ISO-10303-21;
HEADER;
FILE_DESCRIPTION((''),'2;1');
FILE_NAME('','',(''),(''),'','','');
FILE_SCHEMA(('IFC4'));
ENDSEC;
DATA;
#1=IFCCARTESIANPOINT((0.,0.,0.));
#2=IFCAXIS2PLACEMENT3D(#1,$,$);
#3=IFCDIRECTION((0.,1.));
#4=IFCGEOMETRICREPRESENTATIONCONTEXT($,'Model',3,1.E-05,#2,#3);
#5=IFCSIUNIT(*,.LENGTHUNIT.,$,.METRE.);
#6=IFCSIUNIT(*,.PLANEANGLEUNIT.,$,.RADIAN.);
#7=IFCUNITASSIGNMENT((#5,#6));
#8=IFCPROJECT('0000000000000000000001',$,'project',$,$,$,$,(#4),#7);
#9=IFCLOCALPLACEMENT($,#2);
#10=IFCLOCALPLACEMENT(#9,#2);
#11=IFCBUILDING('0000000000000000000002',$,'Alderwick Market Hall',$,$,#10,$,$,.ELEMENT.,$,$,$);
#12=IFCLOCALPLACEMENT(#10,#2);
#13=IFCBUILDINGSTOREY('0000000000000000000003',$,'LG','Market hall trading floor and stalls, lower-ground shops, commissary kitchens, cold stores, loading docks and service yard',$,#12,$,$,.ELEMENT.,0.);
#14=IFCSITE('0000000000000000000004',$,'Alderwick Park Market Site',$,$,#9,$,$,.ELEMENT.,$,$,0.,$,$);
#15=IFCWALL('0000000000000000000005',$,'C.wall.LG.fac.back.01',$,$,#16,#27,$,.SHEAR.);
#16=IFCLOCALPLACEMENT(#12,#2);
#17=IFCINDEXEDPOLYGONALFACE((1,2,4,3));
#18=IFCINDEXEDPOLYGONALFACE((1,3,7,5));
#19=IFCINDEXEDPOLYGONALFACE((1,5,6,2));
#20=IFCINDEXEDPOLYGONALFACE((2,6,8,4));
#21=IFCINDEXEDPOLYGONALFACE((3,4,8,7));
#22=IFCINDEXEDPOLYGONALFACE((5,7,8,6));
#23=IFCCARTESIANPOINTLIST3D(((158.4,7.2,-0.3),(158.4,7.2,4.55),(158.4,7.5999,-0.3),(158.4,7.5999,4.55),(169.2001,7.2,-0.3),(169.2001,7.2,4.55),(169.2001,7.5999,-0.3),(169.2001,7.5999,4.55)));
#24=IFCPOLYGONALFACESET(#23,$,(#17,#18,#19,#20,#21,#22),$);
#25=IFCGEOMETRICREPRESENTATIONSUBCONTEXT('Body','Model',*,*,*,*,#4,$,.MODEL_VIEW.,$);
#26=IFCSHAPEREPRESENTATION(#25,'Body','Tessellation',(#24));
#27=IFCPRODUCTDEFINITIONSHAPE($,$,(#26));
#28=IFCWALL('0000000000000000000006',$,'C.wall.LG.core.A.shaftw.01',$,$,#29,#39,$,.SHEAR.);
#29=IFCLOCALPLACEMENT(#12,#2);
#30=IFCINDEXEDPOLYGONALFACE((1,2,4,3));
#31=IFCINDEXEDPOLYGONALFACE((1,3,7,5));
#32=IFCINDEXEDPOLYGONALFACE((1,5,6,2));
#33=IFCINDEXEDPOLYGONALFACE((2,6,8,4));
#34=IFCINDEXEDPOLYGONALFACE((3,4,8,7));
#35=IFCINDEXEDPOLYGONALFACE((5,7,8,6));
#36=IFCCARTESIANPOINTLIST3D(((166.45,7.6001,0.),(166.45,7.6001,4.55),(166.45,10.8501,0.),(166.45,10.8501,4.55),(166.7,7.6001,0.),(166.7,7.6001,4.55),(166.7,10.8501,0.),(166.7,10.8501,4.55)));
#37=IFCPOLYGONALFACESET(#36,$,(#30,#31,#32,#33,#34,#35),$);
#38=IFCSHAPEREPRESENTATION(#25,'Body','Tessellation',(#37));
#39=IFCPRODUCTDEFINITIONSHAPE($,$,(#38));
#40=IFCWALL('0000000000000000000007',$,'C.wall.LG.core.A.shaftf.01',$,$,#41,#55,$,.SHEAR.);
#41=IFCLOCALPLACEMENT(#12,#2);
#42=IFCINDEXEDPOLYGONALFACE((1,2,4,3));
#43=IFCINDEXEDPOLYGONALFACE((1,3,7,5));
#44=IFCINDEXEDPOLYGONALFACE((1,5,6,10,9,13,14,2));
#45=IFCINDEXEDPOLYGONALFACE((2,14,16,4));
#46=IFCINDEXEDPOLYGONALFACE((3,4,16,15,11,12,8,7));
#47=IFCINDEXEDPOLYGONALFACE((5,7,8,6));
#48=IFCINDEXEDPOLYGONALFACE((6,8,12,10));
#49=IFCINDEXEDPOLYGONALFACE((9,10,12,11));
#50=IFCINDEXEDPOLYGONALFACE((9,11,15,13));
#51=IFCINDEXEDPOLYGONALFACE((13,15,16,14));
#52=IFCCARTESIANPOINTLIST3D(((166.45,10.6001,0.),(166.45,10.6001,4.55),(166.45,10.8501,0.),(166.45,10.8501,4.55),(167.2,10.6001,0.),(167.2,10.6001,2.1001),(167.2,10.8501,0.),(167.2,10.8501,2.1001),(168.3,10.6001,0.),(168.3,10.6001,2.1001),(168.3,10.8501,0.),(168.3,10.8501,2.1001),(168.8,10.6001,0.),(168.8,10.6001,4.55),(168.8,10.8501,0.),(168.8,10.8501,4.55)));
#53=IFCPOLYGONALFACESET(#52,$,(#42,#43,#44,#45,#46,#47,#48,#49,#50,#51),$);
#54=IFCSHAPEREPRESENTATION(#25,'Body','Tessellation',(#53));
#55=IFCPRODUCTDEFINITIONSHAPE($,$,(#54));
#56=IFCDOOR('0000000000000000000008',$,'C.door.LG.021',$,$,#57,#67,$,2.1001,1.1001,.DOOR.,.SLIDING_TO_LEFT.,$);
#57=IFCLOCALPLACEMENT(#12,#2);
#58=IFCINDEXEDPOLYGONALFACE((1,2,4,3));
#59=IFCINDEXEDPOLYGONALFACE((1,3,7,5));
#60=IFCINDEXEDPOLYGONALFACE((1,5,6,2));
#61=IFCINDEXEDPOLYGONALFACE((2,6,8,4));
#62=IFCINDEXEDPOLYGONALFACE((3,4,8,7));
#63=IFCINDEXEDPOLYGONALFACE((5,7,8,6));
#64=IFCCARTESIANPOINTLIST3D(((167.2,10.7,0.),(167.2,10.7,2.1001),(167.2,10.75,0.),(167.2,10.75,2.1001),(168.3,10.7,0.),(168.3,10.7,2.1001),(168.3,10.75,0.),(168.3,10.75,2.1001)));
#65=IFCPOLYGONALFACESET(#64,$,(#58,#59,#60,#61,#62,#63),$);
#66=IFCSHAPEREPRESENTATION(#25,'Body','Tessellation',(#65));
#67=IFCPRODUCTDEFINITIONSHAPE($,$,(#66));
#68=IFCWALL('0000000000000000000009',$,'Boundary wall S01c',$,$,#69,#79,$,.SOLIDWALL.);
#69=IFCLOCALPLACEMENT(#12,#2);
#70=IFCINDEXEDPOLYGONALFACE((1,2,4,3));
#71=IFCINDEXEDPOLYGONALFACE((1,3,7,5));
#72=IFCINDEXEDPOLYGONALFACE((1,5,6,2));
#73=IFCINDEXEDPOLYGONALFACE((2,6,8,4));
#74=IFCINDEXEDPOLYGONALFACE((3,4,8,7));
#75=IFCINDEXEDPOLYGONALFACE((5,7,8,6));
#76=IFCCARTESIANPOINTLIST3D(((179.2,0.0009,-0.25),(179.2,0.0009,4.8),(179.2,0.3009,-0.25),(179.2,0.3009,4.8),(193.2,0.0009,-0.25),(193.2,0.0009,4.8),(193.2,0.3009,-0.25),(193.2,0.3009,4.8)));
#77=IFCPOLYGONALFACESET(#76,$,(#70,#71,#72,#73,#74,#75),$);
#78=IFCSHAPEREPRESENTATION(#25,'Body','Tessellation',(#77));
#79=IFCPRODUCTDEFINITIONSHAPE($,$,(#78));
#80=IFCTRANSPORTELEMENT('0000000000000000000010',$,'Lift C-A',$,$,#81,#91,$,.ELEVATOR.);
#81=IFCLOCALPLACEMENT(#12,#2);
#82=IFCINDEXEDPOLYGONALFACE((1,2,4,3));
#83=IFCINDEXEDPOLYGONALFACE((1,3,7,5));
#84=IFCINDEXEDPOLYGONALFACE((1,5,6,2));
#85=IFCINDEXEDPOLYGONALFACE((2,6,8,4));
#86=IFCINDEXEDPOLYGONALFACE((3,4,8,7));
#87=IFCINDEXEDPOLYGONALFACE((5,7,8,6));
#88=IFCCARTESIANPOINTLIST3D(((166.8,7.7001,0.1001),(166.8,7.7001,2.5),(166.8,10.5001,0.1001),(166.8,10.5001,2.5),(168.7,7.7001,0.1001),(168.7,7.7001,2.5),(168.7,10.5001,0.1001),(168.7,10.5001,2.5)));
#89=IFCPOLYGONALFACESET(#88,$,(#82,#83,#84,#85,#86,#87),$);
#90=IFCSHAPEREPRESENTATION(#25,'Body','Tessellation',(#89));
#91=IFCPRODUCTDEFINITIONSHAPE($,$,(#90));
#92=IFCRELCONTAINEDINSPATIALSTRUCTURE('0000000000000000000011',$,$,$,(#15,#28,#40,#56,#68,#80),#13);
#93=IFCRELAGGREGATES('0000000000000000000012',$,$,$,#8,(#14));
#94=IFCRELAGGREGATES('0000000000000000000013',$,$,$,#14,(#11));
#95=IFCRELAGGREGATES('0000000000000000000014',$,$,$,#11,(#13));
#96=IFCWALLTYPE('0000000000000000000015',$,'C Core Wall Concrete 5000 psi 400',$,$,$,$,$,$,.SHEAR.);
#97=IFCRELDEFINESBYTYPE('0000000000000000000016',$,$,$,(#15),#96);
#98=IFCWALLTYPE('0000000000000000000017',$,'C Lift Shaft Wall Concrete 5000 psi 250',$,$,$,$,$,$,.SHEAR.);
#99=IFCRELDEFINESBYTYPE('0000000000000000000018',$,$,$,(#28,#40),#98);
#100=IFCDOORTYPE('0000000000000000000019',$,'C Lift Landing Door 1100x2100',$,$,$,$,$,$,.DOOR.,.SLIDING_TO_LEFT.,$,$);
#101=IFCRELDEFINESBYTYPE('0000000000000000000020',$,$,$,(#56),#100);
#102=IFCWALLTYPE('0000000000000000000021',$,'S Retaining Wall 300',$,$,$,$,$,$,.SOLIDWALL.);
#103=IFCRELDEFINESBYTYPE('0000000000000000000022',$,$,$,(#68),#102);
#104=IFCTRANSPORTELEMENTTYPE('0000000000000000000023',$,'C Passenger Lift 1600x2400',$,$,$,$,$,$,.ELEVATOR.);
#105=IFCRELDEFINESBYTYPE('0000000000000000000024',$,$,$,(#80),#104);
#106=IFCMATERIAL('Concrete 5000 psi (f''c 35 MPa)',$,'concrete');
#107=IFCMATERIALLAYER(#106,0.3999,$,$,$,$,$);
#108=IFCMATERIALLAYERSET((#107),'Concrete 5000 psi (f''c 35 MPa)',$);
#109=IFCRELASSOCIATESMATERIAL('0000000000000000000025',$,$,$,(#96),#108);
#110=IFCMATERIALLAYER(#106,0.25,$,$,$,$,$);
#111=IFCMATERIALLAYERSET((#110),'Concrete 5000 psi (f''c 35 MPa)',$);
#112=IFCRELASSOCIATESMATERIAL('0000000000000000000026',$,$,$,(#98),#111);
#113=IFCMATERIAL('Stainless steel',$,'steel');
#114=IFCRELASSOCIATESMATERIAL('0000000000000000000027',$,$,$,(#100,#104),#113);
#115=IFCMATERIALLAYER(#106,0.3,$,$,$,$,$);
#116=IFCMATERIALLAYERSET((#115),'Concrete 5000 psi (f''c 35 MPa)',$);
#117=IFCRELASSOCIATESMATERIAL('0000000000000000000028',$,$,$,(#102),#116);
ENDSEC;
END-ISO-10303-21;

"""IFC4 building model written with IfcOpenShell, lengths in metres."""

from ifc_helpers import new_model, si_unit, direction, frame, frame_2d, origin, origin_2d, place, context, subcontext, project, spatial, rectangle, extrude, material, layer, layer_set, type_object, element, fill, save


model = new_model("IFC4")

# Units and contexts
model_context = context("Model", 3, precision=1e-05, world=origin(), true_north=direction((0.0, 1.0)))
body_context = subcontext(model_context, "Body", "Model", "MODEL_VIEW")
ifc_project = project(units=[si_unit("LENGTHUNIT", "METRE"), si_unit("PLANEANGLEUNIT", "RADIAN")], contexts=[model_context])

# Site, building, storey
site_placement = place(None, origin())
site = spatial("IfcSite", under=ifc_project, at=site_placement, Name="Alderwick Park Market Site", CompositionType="ELEMENT", RefElevation=0.0)
building_placement = place(site_placement, origin())
building = spatial("IfcBuilding", under=site, at=building_placement, Name="Alderwick Market Hall", CompositionType="ELEMENT")
storey_placement = place(building_placement, origin())
storey = spatial("IfcBuildingStorey", under=building, at=storey_placement, Name="LG", Description="Market hall trading floor and stalls, lower-ground shops, commissary kitchens, cold stores, loading docks and service yard", CompositionType="ELEMENT", Elevation=0.0)

# Shared definitions
ifc_material_1 = material(Name="Concrete 5000 psi (f'c 35 MPa)", Category="concrete")

# Walls
ifc_layer_1 = layer(ifc_material_1, 0.3999)
ifc_layer_set_1 = layer_set([ifc_layer_1], Name="Concrete 5000 psi (f'c 35 MPa)")
wall_type_1 = type_object("IfcWallType", Name="C Core Wall Concrete 5000 psi 400", PredefinedType="SHEAR", material=ifc_layer_set_1)
wall_1_placement = place(storey_placement, frame((169.2, 7.3999, -0.3), z_axis=(0.0, 0.0, 1.0), x_axis=(-1.0, 0.0, 0.0)))
element("IfcWall", 1, at=wall_1_placement, inside=storey, type_object=wall_type_1, Name="C.wall.LG.fac.back.01", PredefinedType="SHEAR", context=body_context, shape_type="SweptSolid", body=[
    extrude(rectangle(XDim=10.8, YDim=0.3999, at=frame_2d((5.3999, 0.0))), origin(), (0.0, 0.0, 1.0), 4.8501),
])
ifc_layer_2 = layer(ifc_material_1, 0.25)
ifc_layer_set_2 = layer_set([ifc_layer_2], Name="Concrete 5000 psi (f'c 35 MPa)")
wall_type_2 = type_object("IfcWallType", Name="C Lift Shaft Wall Concrete 5000 psi 250", PredefinedType="SHEAR", material=ifc_layer_set_2)
wall_2_placement = place(storey_placement, frame((166.575, 10.8501, 0.0), z_axis=(0.0, 0.0, 1.0), x_axis=(0.0, -1.0, 0.0)))
element("IfcWall", 2, at=wall_2_placement, inside=storey, type_object=wall_type_2, Name="C.wall.LG.core.A.shaftw.01", PredefinedType="SHEAR", context=body_context, shape_type="SweptSolid", body=[
    extrude(rectangle(XDim=3.25, YDim=0.25, at=frame_2d((1.625, 0.0))), origin(), (0.0, 0.0, 1.0), 4.55),
])

# Wall, opening, door
wall_3_placement = place(storey_placement, frame((166.45, 10.7251, 0.0), z_axis=(0.0, 0.0, 1.0), x_axis=(1.0, 0.0, 0.0)))
wall_3 = element("IfcWall", 3, at=wall_3_placement, inside=storey, type_object=wall_type_2, Name="C.wall.LG.core.A.shaftf.01", PredefinedType="SHEAR", context=body_context, shape_type="SweptSolid", body=[
    extrude(rectangle(XDim=2.3501, YDim=0.25, at=frame_2d((1.175, 0.0))), origin(), (0.0, 0.0, 1.0), 4.55),
])
opening_placement = place(wall_3_placement, frame((0.75, 0.0, 0.0)))
opening = element("IfcOpeningElement", 4, at=opening_placement, cuts=wall_3, PredefinedType="OPENING", context=body_context, shape_type="SweptSolid", body=[
    extrude(rectangle(XDim=1.1001, YDim=2.1001, at=frame_2d((0.55, 1.05))), frame((0.0, 0.135, 0.0), z_axis=(0.0, -1.0, 0.0), x_axis=(1.0, 0.0, 0.0)), (0.0, 0.0, 1.0), 0.27),
])
ifc_material_2 = material(Name="Stainless steel", Category="steel")
door_type = type_object("IfcDoorType", Name="C Lift Landing Door 1100x2100", OperationType="SLIDING_TO_LEFT", PredefinedType="DOOR", material=ifc_material_2)
door_placement = place(opening_placement, origin())
door = element("IfcDoor", 5, at=door_placement, inside=storey, type_object=door_type, Name="C.door.LG.021", OperationType="SLIDING_TO_LEFT", OverallHeight=2.1001, OverallWidth=1.1001, PredefinedType="DOOR", context=body_context, shape_type="SweptSolid", body=[
    extrude(rectangle(XDim=1.1001, YDim=2.1001, at=frame_2d((0.55, 1.05))), frame((0.0, 0.0249, 0.0), z_axis=(0.0, -1.0, 0.0), x_axis=(1.0, 0.0, 0.0)), (0.0, 0.0, 1.0), 0.05),
])
fill(opening, door)

# Wall
ifc_layer_3 = layer(ifc_material_1, 0.3)
ifc_layer_set_3 = layer_set([ifc_layer_3], Name="Concrete 5000 psi (f'c 35 MPa)")
wall_type_3 = type_object("IfcWallType", Name="S Retaining Wall 300", PredefinedType="SOLIDWALL", material=ifc_layer_set_3)
wall_4_placement = place(storey_placement, frame((179.2, 0.1509, -0.25), z_axis=(0.0, 0.0, 1.0), x_axis=(1.0, 0.0, 0.0)))
element("IfcWall", 6, at=wall_4_placement, inside=storey, type_object=wall_type_3, Name="Boundary wall S01c", PredefinedType="SOLIDWALL", context=body_context, shape_type="SweptSolid", body=[
    extrude(rectangle(XDim=14.0, YDim=0.3, at=frame_2d((7.0, 0.0))), origin(), (0.0, 0.0, 1.0), 5.05),
])

# Transport element
transport_element_type = type_object("IfcTransportElementType", Name="C Passenger Lift 1600x2400", PredefinedType="ELEVATOR", material=ifc_material_2)
transport_element_placement = place(storey_placement, frame((167.75, 9.1001, 0.1001), z_axis=(0.0, 0.0, 1.0), x_axis=(1.0, 0.0, 0.0)))
element("IfcTransportElement", 7, at=transport_element_placement, inside=storey, type_object=transport_element_type, Name="Lift C-A", PredefinedType="ELEVATOR", context=body_context, shape_type="SweptSolid", body=[
    extrude(rectangle(XDim=1.8999, YDim=2.8, at=origin_2d()), origin(), (0.0, 0.0, 1.0), 2.3999),
])

save(model, "model.ifc")
